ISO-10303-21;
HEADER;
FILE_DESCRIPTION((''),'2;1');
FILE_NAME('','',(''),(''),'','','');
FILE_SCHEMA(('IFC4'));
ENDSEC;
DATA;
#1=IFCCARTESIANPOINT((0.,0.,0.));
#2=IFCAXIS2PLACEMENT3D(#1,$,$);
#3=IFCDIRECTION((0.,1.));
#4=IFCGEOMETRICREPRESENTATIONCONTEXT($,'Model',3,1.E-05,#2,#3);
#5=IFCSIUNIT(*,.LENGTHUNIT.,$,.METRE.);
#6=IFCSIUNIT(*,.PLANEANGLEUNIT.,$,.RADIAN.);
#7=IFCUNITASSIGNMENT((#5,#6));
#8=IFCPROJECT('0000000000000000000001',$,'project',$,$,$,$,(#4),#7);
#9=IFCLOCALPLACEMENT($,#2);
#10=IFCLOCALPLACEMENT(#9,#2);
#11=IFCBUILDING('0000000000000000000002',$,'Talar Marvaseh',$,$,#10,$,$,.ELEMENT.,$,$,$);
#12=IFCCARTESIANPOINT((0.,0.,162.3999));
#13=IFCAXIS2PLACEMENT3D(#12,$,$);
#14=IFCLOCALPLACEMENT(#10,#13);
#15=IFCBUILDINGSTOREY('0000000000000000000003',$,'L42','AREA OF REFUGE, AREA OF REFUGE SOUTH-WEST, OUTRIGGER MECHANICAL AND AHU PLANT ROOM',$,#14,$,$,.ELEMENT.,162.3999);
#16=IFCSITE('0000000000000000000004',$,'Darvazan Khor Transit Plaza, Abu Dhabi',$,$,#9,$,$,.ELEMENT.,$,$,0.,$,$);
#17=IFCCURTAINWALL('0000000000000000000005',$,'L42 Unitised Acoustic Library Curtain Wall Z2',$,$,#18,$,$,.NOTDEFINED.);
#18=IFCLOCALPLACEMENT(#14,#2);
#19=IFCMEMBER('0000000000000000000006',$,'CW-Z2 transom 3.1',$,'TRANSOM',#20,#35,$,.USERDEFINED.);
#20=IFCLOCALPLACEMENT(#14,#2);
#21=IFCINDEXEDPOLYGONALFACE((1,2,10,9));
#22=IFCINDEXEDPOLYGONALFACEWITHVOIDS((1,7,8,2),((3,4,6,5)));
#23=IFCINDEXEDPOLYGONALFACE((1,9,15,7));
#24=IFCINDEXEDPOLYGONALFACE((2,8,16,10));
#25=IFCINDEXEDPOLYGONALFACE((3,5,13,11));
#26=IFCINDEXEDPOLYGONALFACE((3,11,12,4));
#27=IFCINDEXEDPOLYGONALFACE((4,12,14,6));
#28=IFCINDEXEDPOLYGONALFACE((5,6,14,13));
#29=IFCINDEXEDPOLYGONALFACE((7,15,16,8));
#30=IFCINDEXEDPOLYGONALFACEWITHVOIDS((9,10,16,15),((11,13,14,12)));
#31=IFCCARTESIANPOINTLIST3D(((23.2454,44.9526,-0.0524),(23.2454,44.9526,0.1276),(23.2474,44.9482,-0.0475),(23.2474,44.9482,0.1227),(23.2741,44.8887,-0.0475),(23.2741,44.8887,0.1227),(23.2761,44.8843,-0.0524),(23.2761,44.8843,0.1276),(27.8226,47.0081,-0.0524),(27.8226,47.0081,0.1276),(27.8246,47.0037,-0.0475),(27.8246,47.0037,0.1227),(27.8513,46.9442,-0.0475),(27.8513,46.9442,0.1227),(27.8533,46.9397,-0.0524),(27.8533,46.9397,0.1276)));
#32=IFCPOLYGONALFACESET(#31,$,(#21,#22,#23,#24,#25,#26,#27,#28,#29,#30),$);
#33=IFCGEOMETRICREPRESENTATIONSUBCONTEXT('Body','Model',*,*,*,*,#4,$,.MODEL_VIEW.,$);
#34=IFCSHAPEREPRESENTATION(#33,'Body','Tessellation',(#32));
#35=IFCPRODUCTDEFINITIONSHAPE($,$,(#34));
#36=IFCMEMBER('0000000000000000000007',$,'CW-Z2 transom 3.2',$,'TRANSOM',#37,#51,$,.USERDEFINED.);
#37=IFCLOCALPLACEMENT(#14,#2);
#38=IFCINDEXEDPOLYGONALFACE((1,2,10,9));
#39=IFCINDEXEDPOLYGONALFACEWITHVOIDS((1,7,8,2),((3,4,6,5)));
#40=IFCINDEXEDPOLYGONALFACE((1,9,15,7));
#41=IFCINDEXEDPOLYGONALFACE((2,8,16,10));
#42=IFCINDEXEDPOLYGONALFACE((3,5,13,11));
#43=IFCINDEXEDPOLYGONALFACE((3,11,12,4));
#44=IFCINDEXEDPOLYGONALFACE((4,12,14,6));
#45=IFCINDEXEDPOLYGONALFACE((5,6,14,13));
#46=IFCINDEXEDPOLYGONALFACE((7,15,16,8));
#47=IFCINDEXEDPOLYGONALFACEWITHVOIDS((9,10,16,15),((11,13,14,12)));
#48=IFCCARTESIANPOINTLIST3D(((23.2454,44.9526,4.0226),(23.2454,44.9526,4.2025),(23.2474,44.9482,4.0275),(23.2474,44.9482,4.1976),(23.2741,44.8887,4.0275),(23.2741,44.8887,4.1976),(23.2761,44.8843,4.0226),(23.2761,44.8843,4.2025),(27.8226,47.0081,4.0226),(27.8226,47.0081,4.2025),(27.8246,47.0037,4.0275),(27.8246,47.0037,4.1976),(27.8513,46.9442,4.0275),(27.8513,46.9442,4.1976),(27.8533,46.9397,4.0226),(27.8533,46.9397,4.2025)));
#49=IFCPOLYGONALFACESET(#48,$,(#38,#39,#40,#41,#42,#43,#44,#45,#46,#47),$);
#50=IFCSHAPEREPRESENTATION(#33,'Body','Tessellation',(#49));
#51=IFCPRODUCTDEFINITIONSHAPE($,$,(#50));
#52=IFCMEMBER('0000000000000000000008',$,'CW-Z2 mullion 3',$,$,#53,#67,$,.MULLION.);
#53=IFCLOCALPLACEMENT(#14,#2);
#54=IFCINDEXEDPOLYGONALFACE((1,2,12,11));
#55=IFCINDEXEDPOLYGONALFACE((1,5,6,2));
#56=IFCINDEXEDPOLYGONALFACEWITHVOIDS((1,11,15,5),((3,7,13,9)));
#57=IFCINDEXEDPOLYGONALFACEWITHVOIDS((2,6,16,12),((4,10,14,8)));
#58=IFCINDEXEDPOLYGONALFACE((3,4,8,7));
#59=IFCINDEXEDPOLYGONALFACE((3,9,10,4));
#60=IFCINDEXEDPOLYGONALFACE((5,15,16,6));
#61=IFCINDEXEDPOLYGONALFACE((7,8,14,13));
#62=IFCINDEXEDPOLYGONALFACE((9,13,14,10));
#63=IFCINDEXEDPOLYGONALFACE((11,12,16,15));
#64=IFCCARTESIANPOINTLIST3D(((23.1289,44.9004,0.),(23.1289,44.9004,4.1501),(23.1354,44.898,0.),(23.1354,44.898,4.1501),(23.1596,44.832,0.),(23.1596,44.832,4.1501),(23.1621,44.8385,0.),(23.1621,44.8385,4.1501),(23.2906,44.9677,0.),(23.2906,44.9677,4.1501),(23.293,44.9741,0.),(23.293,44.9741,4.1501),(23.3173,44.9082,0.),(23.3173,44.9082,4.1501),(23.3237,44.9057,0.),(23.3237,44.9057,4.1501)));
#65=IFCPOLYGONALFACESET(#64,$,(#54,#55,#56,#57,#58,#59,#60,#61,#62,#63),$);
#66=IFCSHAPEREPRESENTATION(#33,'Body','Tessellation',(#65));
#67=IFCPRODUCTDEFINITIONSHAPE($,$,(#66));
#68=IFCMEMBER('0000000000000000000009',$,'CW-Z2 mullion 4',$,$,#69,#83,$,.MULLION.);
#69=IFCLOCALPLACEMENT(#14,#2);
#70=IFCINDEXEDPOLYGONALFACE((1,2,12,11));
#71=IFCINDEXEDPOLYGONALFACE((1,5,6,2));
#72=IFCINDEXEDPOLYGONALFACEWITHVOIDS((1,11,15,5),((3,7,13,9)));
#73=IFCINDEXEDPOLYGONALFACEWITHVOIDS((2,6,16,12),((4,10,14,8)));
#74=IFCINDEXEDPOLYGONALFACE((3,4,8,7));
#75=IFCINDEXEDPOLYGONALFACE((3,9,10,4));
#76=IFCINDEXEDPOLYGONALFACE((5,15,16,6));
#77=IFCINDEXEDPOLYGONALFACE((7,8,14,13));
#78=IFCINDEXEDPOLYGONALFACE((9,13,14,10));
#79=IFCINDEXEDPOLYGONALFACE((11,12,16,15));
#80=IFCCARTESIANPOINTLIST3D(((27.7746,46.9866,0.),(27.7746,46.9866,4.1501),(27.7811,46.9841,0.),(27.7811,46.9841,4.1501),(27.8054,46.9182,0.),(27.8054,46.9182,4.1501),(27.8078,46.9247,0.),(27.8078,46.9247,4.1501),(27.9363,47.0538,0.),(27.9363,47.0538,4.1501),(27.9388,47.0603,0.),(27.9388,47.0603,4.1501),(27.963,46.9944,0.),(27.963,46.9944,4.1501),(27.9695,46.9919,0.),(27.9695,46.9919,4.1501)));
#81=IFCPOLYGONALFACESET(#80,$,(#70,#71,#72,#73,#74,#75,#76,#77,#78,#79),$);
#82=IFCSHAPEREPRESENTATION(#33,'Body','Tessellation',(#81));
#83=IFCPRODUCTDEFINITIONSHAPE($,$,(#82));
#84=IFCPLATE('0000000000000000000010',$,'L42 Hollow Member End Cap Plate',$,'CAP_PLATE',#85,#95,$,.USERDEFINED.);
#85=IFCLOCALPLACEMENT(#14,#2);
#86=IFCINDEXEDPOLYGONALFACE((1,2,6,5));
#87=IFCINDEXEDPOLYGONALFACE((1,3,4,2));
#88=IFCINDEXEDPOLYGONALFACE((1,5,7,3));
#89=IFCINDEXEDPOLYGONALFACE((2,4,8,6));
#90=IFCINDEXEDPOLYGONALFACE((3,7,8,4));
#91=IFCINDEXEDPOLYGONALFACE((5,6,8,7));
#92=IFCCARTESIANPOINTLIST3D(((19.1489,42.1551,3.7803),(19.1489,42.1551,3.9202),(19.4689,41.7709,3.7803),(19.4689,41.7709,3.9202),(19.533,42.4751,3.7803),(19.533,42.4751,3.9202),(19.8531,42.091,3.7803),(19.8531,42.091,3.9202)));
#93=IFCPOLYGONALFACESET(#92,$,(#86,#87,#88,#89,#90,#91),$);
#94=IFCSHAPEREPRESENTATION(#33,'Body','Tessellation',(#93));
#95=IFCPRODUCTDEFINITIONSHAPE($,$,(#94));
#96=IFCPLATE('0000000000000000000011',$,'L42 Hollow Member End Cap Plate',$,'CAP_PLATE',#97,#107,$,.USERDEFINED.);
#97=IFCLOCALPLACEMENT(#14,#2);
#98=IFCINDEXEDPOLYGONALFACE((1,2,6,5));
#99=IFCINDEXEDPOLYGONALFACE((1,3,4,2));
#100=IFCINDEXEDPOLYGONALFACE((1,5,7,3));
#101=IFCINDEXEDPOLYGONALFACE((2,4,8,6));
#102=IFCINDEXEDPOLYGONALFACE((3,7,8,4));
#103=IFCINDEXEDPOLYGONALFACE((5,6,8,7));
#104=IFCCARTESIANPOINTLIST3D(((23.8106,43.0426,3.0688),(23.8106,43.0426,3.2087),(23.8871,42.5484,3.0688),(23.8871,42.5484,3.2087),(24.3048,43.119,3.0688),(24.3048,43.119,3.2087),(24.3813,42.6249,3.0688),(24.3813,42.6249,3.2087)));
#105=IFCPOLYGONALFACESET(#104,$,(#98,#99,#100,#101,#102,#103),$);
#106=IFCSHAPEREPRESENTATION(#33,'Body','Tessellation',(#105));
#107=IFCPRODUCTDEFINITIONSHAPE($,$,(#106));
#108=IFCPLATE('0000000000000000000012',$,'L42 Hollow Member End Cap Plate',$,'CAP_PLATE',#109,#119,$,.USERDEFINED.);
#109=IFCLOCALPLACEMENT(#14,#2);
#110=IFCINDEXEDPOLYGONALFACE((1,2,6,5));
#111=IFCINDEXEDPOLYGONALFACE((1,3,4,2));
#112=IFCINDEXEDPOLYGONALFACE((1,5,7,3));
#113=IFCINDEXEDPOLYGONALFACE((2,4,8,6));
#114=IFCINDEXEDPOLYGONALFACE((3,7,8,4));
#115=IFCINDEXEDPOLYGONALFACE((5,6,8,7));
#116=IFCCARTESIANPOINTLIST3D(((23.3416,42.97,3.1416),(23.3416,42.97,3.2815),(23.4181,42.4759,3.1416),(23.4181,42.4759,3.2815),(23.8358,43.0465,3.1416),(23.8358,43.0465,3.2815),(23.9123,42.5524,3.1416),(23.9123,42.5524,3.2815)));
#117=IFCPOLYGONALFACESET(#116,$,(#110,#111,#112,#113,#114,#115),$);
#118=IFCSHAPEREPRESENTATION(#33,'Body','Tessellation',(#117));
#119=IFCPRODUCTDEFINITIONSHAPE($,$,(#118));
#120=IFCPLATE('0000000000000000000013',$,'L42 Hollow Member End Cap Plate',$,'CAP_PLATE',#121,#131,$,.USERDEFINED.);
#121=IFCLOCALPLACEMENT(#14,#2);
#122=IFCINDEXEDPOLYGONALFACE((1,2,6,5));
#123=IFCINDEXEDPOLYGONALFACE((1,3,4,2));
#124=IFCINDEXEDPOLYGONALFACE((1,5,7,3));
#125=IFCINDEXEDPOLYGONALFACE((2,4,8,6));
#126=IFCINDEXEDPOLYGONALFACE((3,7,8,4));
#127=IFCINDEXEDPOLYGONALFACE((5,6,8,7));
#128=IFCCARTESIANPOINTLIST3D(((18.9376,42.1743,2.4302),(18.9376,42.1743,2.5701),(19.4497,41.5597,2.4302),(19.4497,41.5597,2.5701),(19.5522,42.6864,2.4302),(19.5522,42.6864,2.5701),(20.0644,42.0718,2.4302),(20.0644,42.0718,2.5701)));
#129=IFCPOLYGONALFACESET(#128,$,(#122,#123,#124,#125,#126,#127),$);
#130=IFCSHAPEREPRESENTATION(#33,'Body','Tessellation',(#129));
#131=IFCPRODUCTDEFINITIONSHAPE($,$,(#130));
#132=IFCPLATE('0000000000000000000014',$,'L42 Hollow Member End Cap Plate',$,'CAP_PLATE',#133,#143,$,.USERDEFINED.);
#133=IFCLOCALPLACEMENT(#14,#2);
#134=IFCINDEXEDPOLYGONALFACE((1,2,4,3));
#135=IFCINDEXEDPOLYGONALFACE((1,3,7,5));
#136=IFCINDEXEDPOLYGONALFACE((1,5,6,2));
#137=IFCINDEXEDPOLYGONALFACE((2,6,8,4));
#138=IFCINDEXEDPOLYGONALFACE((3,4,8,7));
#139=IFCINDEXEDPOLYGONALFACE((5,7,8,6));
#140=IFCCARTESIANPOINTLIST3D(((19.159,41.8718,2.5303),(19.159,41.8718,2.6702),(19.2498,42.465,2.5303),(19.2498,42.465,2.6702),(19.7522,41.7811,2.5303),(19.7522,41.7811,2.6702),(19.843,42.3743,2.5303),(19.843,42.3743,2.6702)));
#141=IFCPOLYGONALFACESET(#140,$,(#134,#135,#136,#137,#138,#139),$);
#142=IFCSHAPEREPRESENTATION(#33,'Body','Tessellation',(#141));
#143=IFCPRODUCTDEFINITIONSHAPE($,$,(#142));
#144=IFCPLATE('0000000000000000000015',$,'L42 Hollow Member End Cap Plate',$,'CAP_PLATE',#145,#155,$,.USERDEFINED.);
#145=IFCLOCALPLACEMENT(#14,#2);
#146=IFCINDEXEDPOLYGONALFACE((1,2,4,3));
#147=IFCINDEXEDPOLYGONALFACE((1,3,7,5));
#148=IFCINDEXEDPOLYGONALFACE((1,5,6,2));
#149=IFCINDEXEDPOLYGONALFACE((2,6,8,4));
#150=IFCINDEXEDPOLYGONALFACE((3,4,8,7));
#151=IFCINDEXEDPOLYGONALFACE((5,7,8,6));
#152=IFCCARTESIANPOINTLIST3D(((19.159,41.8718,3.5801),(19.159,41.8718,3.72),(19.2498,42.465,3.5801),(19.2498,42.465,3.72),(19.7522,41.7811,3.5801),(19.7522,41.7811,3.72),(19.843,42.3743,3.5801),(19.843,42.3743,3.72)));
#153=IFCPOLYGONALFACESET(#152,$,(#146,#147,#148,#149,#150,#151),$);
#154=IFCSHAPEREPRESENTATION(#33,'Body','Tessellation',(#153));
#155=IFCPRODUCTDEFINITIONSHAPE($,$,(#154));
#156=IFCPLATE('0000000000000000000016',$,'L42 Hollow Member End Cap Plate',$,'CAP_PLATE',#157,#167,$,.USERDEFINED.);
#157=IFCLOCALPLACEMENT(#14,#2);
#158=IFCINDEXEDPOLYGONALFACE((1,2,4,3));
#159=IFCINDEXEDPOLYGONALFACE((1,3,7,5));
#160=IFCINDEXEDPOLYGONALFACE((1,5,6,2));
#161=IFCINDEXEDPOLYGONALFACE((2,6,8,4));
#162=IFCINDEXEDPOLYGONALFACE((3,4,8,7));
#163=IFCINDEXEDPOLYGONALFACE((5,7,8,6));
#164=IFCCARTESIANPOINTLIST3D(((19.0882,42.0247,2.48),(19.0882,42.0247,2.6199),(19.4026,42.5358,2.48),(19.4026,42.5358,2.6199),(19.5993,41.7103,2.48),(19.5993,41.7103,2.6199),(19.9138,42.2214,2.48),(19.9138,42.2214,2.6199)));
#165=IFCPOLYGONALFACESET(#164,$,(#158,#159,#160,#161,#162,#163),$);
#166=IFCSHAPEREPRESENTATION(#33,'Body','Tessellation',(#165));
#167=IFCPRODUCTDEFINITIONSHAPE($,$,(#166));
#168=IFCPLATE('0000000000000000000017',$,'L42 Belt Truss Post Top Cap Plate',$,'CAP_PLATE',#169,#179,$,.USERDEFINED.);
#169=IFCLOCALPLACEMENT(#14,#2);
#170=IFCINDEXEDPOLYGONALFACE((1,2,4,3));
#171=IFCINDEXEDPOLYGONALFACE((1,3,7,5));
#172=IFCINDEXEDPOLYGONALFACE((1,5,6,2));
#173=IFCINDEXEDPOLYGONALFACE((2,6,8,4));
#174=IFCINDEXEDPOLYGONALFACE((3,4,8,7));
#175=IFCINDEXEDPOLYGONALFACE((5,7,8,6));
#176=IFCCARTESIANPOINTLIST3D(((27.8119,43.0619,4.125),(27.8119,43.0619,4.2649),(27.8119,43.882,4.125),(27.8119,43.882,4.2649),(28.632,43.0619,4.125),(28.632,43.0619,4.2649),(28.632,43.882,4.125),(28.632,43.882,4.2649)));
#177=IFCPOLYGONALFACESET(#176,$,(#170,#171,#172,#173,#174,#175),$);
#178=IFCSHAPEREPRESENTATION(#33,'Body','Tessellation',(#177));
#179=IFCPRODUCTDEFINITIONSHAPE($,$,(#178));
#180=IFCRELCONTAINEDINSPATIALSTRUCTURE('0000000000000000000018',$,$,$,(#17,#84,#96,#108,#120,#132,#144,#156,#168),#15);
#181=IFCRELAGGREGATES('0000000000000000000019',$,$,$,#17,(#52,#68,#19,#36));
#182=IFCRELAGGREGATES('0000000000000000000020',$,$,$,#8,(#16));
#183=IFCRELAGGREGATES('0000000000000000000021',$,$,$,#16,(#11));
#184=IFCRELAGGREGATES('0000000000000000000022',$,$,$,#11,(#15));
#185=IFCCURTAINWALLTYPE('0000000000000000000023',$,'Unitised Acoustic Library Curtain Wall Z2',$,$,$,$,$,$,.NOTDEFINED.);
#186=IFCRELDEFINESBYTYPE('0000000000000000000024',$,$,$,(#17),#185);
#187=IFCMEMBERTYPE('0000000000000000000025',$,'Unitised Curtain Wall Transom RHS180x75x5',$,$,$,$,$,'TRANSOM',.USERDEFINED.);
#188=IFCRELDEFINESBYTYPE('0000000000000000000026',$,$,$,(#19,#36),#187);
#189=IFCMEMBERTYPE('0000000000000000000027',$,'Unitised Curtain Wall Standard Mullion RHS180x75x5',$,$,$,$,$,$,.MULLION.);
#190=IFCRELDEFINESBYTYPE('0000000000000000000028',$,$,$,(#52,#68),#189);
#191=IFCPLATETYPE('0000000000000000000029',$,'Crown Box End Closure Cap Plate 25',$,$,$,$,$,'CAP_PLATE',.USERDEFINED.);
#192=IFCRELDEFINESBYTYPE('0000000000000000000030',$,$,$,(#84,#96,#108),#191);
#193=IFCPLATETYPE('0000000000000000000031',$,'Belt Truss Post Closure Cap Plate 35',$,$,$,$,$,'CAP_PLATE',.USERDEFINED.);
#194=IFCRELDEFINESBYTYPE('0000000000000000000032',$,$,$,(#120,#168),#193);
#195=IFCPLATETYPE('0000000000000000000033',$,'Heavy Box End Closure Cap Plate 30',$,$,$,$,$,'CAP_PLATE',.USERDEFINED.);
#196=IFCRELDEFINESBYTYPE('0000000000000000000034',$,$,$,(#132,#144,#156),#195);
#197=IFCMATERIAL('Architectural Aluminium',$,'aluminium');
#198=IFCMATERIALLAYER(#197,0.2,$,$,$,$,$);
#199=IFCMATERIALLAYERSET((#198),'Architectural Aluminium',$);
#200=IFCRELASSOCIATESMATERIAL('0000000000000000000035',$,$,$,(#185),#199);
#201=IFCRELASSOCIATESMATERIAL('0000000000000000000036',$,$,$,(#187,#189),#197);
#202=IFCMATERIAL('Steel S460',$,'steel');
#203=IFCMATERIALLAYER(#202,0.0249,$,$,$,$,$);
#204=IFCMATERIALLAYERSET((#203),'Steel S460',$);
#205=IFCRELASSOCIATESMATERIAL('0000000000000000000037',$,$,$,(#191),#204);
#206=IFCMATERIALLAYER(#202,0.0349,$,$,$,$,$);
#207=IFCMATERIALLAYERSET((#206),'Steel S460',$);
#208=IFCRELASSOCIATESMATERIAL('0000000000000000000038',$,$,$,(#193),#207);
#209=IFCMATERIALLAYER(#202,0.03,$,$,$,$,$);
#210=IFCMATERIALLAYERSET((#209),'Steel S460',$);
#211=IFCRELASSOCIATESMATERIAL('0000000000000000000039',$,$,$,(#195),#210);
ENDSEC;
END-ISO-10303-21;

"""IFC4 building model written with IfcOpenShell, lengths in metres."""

from ifc_helpers import new_model, si_unit, direction, frame, origin, origin_2d, place, context, subcontext, project, spatial, rectangle, hollow_rectangle, extrude, source, transform, mapped, material, layer, layer_set, material_profile, profile_set, type_object, type_shapes, element, aggregate, save


model = new_model("IFC4")

# Units and contexts
model_context = context("Model", 3, precision=1e-05, world=origin(), true_north=direction((0.0, 1.0)))
body_context = subcontext(model_context, "Body", "Model", "MODEL_VIEW")
ifc_project = project(units=[si_unit("LENGTHUNIT", "METRE"), si_unit("PLANEANGLEUNIT", "RADIAN")], contexts=[model_context])

# Site, building, storey
site_placement = place(None, origin())
site = spatial("IfcSite", under=ifc_project, at=site_placement, Name="Darvazan Khor Transit Plaza, Abu Dhabi", CompositionType="ELEMENT", RefElevation=0.0)
building_placement = place(site_placement, origin())
building = spatial("IfcBuilding", under=site, at=building_placement, Name="Talar Marvaseh", CompositionType="ELEMENT")
storey_placement = place(building_placement, frame((0.0, 0.0, 162.3999)))
storey = spatial("IfcBuildingStorey", under=building, at=storey_placement, Name="L42", Description="AREA OF REFUGE, AREA OF REFUGE SOUTH-WEST, OUTRIGGER MECHANICAL AND AHU PLANT ROOM", CompositionType="ELEMENT", Elevation=162.3999)

# Shared definitions
ifc_material_1 = material(Name="Steel S460", Category="steel")

# Curtain wall, members
ifc_material_2 = material(Name="Architectural Aluminium", Category="aluminium")
ifc_layer_1 = layer(ifc_material_2, 0.2)
ifc_layer_set_1 = layer_set([ifc_layer_1], Name="Architectural Aluminium")
curtain_wall_type = type_object("IfcCurtainWallType", Name="Unitised Acoustic Library Curtain Wall Z2", PredefinedType="NOTDEFINED", material=ifc_layer_set_1)
curtain_wall_placement = place(storey_placement, origin())
curtain_wall = element("IfcCurtainWall", 1, at=curtain_wall_placement, inside=storey, type_object=curtain_wall_type, Name="L42 Unitised Acoustic Library Curtain Wall Z2", PredefinedType="NOTDEFINED")
ifc_material_profile_1 = material_profile(ifc_material_2, hollow_rectangle(XDim=0.075, YDim=0.1799, WallThickness=0.0049, at=origin_2d()), Name="RHS180x75x5")
ifc_profile_set_1 = profile_set([ifc_material_profile_1], Name="Architectural Aluminium")
member_type_1 = type_object("IfcMemberType", Name="Unitised Curtain Wall Transom RHS180x75x5", ElementType="TRANSOM", PredefinedType="USERDEFINED", material=ifc_profile_set_1)
shared_shape_1 = source(origin(), body_context, "Body", "SweptSolid", [
    extrude(hollow_rectangle(XDim=0.075, YDim=0.1799, WallThickness=0.0049, at=origin_2d()), origin(), (0.0, 0.0, 1.0), 5.0176),
])
type_shapes(member_type_1, [shared_shape_1])
member_1_placement = place(storey_placement, frame((23.2607, 44.9185, 0.0376), z_axis=(0.912242, 0.409652, 0.0), x_axis=(-0.409652, 0.912242, 0.0)))
member_1 = element("IfcMember", 2, at=member_1_placement, type_object=member_type_1, Name="CW-Z2 transom 3.1", ObjectType="TRANSOM", PredefinedType="USERDEFINED", context=body_context, shape_type="MappedRepresentation", body=[
    mapped(shared_shape_1, transform((0.0, 0.0, 0.0), x_axis=(1.0, 0.0, 0.0), y_axis=(0.0, 1.0, 0.0), z_axis=(0.0, 0.0, 1.0), scale=1.0)),
])
member_2_placement = place(storey_placement, frame((23.2607, 44.9185, 4.1125), z_axis=(0.912242, 0.409652, 0.0), x_axis=(-0.409652, 0.912242, 0.0)))
member_2 = element("IfcMember", 3, at=member_2_placement, type_object=member_type_1, Name="CW-Z2 transom 3.2", ObjectType="TRANSOM", PredefinedType="USERDEFINED", context=body_context, shape_type="MappedRepresentation", body=[
    mapped(shared_shape_1, transform((0.0, 0.0, 0.0), x_axis=(1.0, 0.0, 0.0), y_axis=(0.0, 1.0, 0.0), z_axis=(0.0, 0.0, 1.0), scale=1.0)),
])
ifc_material_profile_2 = material_profile(ifc_material_2, hollow_rectangle(XDim=0.075, YDim=0.1799, WallThickness=0.0049, at=origin_2d()), Name="RHS180x75x5")
ifc_profile_set_2 = profile_set([ifc_material_profile_2], Name="Architectural Aluminium")
member_type_2 = type_object("IfcMemberType", Name="Unitised Curtain Wall Standard Mullion RHS180x75x5", PredefinedType="MULLION", material=ifc_profile_set_2)
shared_shape_2 = source(origin(), body_context, "Body", "SweptSolid", [
    extrude(hollow_rectangle(XDim=0.075, YDim=0.1799, WallThickness=0.0049, at=origin_2d()), origin(), (0.0, 0.0, 1.0), 4.1501),
])
type_shapes(member_type_2, [shared_shape_2])
member_3_placement = place(storey_placement, frame((23.2263, 44.9031, 0.0), z_axis=(0.0, 0.0, 1.0), x_axis=(-0.409639, 0.912248, 0.0)))
member_3 = element("IfcMember", 4, at=member_3_placement, type_object=member_type_2, Name="CW-Z2 mullion 3", PredefinedType="MULLION", context=body_context, shape_type="MappedRepresentation", body=[
    mapped(shared_shape_2, transform((0.0, 0.0, 0.0), x_axis=(1.0, 0.0, 0.0), y_axis=(0.0, 1.0, 0.0), z_axis=(0.0, 0.0, 1.0), scale=1.0)),
])
member_4_placement = place(storey_placement, frame((27.8721, 46.9893, 0.0), z_axis=(0.0, 0.0, 1.0), x_axis=(-0.409639, 0.912248, 0.0)))
member_4 = element("IfcMember", 5, at=member_4_placement, type_object=member_type_2, Name="CW-Z2 mullion 4", PredefinedType="MULLION", context=body_context, shape_type="MappedRepresentation", body=[
    mapped(shared_shape_2, transform((0.0, 0.0, 0.0), x_axis=(1.0, 0.0, 0.0), y_axis=(0.0, 1.0, 0.0), z_axis=(0.0, 0.0, 1.0), scale=1.0)),
])

# Plates
ifc_layer_2 = layer(ifc_material_1, 0.0249)
ifc_layer_set_2 = layer_set([ifc_layer_2], Name="Steel S460")
plate_type_1 = type_object("IfcPlateType", Name="Crown Box End Closure Cap Plate 25", ElementType="CAP_PLATE", PredefinedType="USERDEFINED", material=ifc_layer_set_2)
shared_shape_3 = source(origin(), body_context, "Body", "SweptSolid", [
    extrude(rectangle(XDim=0.5, YDim=0.5, at=origin_2d()), origin(), (0.0, 0.0, 1.0), 0.1399),
])
type_shapes(plate_type_1, [shared_shape_3])
for number, where, z_axis, x_axis, name in (
    (6, (19.501, 42.123, 3.7803), (0.0, 0.0, 1.0), (0.768284, 0.64011, 0.0), "L42 Hollow Member End Cap Plate"),
    (7, (24.0959, 42.8337, 3.0688), (0.0, 0.0, 1.0), (-0.988228, -0.152986, 0.0), "L42 Hollow Member End Cap Plate"),
    (8, (23.627, 42.7612, 3.1416), (0.0, 0.0, 1.0), (-0.988228, -0.152986, 0.0), "L42 Hollow Member End Cap Plate"),
):
    element("IfcPlate", number, at=place(storey_placement, frame(where, z_axis=z_axis, x_axis=x_axis)), inside=storey, type_object=plate_type_1, Name=name, ObjectType="CAP_PLATE", PredefinedType="USERDEFINED", context=body_context, shape_type="MappedRepresentation", body=[
        mapped(shared_shape_3, transform((0.0, 0.0, 0.0), x_axis=(1.0, 0.0, 0.0), y_axis=(0.0, 1.0, 0.0), z_axis=(0.0, 0.0, 1.0), scale=1.0)),
    ])
ifc_layer_3 = layer(ifc_material_1, 0.0349)
ifc_layer_set_3 = layer_set([ifc_layer_3], Name="Steel S460")
plate_type_2 = type_object("IfcPlateType", Name="Belt Truss Post Closure Cap Plate 35", ElementType="CAP_PLATE", PredefinedType="USERDEFINED", material=ifc_layer_set_3)
shared_shape_4 = source(origin(), body_context, "Body", "SweptSolid", [
    extrude(rectangle(XDim=0.8, YDim=0.8, at=origin_2d()), origin(), (0.0, 0.0, 1.0), 0.1399),
])
plate_1_placement = place(storey_placement, frame((19.501, 42.123, 2.4302), z_axis=(0.0, 0.0, 1.0), x_axis=(0.768284, 0.64011, 0.0)))
element("IfcPlate", 9, at=plate_1_placement, inside=storey, type_object=plate_type_2, Name="L42 Hollow Member End Cap Plate", ObjectType="CAP_PLATE", PredefinedType="USERDEFINED", context=body_context, shape_type="MappedRepresentation", body=[
    mapped(shared_shape_4, transform((0.0, 0.0, 0.0), x_axis=(1.0, 0.0, 0.0), y_axis=(0.0, 1.0, 0.0), z_axis=(0.0, 0.0, 1.0), scale=1.0)),
])
ifc_layer_4 = layer(ifc_material_1, 0.03)
ifc_layer_set_4 = layer_set([ifc_layer_4], Name="Steel S460")
plate_type_3 = type_object("IfcPlateType", Name="Heavy Box End Closure Cap Plate 30", ElementType="CAP_PLATE", PredefinedType="USERDEFINED", material=ifc_layer_set_4)
shared_shape_5 = source(origin(), body_context, "Body", "SweptSolid", [
    extrude(rectangle(XDim=0.6001, YDim=0.6001, at=origin_2d()), origin(), (0.0, 0.0, 1.0), 0.1399),
])
type_shapes(plate_type_3, [shared_shape_5])
for number, where, z_axis, x_axis, name in (
    (10, (19.501, 42.123, 2.5303), (0.0, 0.0, 1.0), (0.151261, 0.988494, 0.0), "L42 Hollow Member End Cap Plate"),
    (11, (19.501, 42.123, 3.5801), (0.0, 0.0, 1.0), (0.151261, 0.988494, 0.0), "L42 Hollow Member End Cap Plate"),
    (12, (19.501, 42.123, 2.48), (0.0, 0.0, 1.0), (0.851727, -0.523986, 0.0), "L42 Hollow Member End Cap Plate"),
):
    element("IfcPlate", number, at=place(storey_placement, frame(where, z_axis=z_axis, x_axis=x_axis)), inside=storey, type_object=plate_type_3, Name=name, ObjectType="CAP_PLATE", PredefinedType="USERDEFINED", context=body_context, shape_type="MappedRepresentation", body=[
        mapped(shared_shape_5, transform((0.0, 0.0, 0.0), x_axis=(1.0, 0.0, 0.0), y_axis=(0.0, 1.0, 0.0), z_axis=(0.0, 0.0, 1.0), scale=1.0)),
    ])
shared_shape_6 = source(origin(), body_context, "Body", "SweptSolid", [
    extrude(rectangle(XDim=0.8201, YDim=0.8201, at=origin_2d()), origin(), (0.0, 0.0, 1.0), 0.1399),
])
type_shapes(plate_type_2, [shared_shape_4, shared_shape_6])
plate_2_placement = place(storey_placement, frame((28.2219, 43.4719, 4.125), z_axis=(0.0, 0.0, 1.0), x_axis=(1.0, 0.0, 0.0)))
element("IfcPlate", 13, at=plate_2_placement, inside=storey, type_object=plate_type_2, Name="L42 Belt Truss Post Top Cap Plate", ObjectType="CAP_PLATE", PredefinedType="USERDEFINED", context=body_context, shape_type="MappedRepresentation", body=[
    mapped(shared_shape_6, transform((0.0, 0.0, 0.0), x_axis=(1.0, 0.0, 0.0), y_axis=(0.0, 1.0, 0.0), z_axis=(0.0, 0.0, 1.0), scale=1.0)),
])

aggregate(curtain_wall, [member_3, member_4, member_1, member_2])

save(model, "model.ifc")
